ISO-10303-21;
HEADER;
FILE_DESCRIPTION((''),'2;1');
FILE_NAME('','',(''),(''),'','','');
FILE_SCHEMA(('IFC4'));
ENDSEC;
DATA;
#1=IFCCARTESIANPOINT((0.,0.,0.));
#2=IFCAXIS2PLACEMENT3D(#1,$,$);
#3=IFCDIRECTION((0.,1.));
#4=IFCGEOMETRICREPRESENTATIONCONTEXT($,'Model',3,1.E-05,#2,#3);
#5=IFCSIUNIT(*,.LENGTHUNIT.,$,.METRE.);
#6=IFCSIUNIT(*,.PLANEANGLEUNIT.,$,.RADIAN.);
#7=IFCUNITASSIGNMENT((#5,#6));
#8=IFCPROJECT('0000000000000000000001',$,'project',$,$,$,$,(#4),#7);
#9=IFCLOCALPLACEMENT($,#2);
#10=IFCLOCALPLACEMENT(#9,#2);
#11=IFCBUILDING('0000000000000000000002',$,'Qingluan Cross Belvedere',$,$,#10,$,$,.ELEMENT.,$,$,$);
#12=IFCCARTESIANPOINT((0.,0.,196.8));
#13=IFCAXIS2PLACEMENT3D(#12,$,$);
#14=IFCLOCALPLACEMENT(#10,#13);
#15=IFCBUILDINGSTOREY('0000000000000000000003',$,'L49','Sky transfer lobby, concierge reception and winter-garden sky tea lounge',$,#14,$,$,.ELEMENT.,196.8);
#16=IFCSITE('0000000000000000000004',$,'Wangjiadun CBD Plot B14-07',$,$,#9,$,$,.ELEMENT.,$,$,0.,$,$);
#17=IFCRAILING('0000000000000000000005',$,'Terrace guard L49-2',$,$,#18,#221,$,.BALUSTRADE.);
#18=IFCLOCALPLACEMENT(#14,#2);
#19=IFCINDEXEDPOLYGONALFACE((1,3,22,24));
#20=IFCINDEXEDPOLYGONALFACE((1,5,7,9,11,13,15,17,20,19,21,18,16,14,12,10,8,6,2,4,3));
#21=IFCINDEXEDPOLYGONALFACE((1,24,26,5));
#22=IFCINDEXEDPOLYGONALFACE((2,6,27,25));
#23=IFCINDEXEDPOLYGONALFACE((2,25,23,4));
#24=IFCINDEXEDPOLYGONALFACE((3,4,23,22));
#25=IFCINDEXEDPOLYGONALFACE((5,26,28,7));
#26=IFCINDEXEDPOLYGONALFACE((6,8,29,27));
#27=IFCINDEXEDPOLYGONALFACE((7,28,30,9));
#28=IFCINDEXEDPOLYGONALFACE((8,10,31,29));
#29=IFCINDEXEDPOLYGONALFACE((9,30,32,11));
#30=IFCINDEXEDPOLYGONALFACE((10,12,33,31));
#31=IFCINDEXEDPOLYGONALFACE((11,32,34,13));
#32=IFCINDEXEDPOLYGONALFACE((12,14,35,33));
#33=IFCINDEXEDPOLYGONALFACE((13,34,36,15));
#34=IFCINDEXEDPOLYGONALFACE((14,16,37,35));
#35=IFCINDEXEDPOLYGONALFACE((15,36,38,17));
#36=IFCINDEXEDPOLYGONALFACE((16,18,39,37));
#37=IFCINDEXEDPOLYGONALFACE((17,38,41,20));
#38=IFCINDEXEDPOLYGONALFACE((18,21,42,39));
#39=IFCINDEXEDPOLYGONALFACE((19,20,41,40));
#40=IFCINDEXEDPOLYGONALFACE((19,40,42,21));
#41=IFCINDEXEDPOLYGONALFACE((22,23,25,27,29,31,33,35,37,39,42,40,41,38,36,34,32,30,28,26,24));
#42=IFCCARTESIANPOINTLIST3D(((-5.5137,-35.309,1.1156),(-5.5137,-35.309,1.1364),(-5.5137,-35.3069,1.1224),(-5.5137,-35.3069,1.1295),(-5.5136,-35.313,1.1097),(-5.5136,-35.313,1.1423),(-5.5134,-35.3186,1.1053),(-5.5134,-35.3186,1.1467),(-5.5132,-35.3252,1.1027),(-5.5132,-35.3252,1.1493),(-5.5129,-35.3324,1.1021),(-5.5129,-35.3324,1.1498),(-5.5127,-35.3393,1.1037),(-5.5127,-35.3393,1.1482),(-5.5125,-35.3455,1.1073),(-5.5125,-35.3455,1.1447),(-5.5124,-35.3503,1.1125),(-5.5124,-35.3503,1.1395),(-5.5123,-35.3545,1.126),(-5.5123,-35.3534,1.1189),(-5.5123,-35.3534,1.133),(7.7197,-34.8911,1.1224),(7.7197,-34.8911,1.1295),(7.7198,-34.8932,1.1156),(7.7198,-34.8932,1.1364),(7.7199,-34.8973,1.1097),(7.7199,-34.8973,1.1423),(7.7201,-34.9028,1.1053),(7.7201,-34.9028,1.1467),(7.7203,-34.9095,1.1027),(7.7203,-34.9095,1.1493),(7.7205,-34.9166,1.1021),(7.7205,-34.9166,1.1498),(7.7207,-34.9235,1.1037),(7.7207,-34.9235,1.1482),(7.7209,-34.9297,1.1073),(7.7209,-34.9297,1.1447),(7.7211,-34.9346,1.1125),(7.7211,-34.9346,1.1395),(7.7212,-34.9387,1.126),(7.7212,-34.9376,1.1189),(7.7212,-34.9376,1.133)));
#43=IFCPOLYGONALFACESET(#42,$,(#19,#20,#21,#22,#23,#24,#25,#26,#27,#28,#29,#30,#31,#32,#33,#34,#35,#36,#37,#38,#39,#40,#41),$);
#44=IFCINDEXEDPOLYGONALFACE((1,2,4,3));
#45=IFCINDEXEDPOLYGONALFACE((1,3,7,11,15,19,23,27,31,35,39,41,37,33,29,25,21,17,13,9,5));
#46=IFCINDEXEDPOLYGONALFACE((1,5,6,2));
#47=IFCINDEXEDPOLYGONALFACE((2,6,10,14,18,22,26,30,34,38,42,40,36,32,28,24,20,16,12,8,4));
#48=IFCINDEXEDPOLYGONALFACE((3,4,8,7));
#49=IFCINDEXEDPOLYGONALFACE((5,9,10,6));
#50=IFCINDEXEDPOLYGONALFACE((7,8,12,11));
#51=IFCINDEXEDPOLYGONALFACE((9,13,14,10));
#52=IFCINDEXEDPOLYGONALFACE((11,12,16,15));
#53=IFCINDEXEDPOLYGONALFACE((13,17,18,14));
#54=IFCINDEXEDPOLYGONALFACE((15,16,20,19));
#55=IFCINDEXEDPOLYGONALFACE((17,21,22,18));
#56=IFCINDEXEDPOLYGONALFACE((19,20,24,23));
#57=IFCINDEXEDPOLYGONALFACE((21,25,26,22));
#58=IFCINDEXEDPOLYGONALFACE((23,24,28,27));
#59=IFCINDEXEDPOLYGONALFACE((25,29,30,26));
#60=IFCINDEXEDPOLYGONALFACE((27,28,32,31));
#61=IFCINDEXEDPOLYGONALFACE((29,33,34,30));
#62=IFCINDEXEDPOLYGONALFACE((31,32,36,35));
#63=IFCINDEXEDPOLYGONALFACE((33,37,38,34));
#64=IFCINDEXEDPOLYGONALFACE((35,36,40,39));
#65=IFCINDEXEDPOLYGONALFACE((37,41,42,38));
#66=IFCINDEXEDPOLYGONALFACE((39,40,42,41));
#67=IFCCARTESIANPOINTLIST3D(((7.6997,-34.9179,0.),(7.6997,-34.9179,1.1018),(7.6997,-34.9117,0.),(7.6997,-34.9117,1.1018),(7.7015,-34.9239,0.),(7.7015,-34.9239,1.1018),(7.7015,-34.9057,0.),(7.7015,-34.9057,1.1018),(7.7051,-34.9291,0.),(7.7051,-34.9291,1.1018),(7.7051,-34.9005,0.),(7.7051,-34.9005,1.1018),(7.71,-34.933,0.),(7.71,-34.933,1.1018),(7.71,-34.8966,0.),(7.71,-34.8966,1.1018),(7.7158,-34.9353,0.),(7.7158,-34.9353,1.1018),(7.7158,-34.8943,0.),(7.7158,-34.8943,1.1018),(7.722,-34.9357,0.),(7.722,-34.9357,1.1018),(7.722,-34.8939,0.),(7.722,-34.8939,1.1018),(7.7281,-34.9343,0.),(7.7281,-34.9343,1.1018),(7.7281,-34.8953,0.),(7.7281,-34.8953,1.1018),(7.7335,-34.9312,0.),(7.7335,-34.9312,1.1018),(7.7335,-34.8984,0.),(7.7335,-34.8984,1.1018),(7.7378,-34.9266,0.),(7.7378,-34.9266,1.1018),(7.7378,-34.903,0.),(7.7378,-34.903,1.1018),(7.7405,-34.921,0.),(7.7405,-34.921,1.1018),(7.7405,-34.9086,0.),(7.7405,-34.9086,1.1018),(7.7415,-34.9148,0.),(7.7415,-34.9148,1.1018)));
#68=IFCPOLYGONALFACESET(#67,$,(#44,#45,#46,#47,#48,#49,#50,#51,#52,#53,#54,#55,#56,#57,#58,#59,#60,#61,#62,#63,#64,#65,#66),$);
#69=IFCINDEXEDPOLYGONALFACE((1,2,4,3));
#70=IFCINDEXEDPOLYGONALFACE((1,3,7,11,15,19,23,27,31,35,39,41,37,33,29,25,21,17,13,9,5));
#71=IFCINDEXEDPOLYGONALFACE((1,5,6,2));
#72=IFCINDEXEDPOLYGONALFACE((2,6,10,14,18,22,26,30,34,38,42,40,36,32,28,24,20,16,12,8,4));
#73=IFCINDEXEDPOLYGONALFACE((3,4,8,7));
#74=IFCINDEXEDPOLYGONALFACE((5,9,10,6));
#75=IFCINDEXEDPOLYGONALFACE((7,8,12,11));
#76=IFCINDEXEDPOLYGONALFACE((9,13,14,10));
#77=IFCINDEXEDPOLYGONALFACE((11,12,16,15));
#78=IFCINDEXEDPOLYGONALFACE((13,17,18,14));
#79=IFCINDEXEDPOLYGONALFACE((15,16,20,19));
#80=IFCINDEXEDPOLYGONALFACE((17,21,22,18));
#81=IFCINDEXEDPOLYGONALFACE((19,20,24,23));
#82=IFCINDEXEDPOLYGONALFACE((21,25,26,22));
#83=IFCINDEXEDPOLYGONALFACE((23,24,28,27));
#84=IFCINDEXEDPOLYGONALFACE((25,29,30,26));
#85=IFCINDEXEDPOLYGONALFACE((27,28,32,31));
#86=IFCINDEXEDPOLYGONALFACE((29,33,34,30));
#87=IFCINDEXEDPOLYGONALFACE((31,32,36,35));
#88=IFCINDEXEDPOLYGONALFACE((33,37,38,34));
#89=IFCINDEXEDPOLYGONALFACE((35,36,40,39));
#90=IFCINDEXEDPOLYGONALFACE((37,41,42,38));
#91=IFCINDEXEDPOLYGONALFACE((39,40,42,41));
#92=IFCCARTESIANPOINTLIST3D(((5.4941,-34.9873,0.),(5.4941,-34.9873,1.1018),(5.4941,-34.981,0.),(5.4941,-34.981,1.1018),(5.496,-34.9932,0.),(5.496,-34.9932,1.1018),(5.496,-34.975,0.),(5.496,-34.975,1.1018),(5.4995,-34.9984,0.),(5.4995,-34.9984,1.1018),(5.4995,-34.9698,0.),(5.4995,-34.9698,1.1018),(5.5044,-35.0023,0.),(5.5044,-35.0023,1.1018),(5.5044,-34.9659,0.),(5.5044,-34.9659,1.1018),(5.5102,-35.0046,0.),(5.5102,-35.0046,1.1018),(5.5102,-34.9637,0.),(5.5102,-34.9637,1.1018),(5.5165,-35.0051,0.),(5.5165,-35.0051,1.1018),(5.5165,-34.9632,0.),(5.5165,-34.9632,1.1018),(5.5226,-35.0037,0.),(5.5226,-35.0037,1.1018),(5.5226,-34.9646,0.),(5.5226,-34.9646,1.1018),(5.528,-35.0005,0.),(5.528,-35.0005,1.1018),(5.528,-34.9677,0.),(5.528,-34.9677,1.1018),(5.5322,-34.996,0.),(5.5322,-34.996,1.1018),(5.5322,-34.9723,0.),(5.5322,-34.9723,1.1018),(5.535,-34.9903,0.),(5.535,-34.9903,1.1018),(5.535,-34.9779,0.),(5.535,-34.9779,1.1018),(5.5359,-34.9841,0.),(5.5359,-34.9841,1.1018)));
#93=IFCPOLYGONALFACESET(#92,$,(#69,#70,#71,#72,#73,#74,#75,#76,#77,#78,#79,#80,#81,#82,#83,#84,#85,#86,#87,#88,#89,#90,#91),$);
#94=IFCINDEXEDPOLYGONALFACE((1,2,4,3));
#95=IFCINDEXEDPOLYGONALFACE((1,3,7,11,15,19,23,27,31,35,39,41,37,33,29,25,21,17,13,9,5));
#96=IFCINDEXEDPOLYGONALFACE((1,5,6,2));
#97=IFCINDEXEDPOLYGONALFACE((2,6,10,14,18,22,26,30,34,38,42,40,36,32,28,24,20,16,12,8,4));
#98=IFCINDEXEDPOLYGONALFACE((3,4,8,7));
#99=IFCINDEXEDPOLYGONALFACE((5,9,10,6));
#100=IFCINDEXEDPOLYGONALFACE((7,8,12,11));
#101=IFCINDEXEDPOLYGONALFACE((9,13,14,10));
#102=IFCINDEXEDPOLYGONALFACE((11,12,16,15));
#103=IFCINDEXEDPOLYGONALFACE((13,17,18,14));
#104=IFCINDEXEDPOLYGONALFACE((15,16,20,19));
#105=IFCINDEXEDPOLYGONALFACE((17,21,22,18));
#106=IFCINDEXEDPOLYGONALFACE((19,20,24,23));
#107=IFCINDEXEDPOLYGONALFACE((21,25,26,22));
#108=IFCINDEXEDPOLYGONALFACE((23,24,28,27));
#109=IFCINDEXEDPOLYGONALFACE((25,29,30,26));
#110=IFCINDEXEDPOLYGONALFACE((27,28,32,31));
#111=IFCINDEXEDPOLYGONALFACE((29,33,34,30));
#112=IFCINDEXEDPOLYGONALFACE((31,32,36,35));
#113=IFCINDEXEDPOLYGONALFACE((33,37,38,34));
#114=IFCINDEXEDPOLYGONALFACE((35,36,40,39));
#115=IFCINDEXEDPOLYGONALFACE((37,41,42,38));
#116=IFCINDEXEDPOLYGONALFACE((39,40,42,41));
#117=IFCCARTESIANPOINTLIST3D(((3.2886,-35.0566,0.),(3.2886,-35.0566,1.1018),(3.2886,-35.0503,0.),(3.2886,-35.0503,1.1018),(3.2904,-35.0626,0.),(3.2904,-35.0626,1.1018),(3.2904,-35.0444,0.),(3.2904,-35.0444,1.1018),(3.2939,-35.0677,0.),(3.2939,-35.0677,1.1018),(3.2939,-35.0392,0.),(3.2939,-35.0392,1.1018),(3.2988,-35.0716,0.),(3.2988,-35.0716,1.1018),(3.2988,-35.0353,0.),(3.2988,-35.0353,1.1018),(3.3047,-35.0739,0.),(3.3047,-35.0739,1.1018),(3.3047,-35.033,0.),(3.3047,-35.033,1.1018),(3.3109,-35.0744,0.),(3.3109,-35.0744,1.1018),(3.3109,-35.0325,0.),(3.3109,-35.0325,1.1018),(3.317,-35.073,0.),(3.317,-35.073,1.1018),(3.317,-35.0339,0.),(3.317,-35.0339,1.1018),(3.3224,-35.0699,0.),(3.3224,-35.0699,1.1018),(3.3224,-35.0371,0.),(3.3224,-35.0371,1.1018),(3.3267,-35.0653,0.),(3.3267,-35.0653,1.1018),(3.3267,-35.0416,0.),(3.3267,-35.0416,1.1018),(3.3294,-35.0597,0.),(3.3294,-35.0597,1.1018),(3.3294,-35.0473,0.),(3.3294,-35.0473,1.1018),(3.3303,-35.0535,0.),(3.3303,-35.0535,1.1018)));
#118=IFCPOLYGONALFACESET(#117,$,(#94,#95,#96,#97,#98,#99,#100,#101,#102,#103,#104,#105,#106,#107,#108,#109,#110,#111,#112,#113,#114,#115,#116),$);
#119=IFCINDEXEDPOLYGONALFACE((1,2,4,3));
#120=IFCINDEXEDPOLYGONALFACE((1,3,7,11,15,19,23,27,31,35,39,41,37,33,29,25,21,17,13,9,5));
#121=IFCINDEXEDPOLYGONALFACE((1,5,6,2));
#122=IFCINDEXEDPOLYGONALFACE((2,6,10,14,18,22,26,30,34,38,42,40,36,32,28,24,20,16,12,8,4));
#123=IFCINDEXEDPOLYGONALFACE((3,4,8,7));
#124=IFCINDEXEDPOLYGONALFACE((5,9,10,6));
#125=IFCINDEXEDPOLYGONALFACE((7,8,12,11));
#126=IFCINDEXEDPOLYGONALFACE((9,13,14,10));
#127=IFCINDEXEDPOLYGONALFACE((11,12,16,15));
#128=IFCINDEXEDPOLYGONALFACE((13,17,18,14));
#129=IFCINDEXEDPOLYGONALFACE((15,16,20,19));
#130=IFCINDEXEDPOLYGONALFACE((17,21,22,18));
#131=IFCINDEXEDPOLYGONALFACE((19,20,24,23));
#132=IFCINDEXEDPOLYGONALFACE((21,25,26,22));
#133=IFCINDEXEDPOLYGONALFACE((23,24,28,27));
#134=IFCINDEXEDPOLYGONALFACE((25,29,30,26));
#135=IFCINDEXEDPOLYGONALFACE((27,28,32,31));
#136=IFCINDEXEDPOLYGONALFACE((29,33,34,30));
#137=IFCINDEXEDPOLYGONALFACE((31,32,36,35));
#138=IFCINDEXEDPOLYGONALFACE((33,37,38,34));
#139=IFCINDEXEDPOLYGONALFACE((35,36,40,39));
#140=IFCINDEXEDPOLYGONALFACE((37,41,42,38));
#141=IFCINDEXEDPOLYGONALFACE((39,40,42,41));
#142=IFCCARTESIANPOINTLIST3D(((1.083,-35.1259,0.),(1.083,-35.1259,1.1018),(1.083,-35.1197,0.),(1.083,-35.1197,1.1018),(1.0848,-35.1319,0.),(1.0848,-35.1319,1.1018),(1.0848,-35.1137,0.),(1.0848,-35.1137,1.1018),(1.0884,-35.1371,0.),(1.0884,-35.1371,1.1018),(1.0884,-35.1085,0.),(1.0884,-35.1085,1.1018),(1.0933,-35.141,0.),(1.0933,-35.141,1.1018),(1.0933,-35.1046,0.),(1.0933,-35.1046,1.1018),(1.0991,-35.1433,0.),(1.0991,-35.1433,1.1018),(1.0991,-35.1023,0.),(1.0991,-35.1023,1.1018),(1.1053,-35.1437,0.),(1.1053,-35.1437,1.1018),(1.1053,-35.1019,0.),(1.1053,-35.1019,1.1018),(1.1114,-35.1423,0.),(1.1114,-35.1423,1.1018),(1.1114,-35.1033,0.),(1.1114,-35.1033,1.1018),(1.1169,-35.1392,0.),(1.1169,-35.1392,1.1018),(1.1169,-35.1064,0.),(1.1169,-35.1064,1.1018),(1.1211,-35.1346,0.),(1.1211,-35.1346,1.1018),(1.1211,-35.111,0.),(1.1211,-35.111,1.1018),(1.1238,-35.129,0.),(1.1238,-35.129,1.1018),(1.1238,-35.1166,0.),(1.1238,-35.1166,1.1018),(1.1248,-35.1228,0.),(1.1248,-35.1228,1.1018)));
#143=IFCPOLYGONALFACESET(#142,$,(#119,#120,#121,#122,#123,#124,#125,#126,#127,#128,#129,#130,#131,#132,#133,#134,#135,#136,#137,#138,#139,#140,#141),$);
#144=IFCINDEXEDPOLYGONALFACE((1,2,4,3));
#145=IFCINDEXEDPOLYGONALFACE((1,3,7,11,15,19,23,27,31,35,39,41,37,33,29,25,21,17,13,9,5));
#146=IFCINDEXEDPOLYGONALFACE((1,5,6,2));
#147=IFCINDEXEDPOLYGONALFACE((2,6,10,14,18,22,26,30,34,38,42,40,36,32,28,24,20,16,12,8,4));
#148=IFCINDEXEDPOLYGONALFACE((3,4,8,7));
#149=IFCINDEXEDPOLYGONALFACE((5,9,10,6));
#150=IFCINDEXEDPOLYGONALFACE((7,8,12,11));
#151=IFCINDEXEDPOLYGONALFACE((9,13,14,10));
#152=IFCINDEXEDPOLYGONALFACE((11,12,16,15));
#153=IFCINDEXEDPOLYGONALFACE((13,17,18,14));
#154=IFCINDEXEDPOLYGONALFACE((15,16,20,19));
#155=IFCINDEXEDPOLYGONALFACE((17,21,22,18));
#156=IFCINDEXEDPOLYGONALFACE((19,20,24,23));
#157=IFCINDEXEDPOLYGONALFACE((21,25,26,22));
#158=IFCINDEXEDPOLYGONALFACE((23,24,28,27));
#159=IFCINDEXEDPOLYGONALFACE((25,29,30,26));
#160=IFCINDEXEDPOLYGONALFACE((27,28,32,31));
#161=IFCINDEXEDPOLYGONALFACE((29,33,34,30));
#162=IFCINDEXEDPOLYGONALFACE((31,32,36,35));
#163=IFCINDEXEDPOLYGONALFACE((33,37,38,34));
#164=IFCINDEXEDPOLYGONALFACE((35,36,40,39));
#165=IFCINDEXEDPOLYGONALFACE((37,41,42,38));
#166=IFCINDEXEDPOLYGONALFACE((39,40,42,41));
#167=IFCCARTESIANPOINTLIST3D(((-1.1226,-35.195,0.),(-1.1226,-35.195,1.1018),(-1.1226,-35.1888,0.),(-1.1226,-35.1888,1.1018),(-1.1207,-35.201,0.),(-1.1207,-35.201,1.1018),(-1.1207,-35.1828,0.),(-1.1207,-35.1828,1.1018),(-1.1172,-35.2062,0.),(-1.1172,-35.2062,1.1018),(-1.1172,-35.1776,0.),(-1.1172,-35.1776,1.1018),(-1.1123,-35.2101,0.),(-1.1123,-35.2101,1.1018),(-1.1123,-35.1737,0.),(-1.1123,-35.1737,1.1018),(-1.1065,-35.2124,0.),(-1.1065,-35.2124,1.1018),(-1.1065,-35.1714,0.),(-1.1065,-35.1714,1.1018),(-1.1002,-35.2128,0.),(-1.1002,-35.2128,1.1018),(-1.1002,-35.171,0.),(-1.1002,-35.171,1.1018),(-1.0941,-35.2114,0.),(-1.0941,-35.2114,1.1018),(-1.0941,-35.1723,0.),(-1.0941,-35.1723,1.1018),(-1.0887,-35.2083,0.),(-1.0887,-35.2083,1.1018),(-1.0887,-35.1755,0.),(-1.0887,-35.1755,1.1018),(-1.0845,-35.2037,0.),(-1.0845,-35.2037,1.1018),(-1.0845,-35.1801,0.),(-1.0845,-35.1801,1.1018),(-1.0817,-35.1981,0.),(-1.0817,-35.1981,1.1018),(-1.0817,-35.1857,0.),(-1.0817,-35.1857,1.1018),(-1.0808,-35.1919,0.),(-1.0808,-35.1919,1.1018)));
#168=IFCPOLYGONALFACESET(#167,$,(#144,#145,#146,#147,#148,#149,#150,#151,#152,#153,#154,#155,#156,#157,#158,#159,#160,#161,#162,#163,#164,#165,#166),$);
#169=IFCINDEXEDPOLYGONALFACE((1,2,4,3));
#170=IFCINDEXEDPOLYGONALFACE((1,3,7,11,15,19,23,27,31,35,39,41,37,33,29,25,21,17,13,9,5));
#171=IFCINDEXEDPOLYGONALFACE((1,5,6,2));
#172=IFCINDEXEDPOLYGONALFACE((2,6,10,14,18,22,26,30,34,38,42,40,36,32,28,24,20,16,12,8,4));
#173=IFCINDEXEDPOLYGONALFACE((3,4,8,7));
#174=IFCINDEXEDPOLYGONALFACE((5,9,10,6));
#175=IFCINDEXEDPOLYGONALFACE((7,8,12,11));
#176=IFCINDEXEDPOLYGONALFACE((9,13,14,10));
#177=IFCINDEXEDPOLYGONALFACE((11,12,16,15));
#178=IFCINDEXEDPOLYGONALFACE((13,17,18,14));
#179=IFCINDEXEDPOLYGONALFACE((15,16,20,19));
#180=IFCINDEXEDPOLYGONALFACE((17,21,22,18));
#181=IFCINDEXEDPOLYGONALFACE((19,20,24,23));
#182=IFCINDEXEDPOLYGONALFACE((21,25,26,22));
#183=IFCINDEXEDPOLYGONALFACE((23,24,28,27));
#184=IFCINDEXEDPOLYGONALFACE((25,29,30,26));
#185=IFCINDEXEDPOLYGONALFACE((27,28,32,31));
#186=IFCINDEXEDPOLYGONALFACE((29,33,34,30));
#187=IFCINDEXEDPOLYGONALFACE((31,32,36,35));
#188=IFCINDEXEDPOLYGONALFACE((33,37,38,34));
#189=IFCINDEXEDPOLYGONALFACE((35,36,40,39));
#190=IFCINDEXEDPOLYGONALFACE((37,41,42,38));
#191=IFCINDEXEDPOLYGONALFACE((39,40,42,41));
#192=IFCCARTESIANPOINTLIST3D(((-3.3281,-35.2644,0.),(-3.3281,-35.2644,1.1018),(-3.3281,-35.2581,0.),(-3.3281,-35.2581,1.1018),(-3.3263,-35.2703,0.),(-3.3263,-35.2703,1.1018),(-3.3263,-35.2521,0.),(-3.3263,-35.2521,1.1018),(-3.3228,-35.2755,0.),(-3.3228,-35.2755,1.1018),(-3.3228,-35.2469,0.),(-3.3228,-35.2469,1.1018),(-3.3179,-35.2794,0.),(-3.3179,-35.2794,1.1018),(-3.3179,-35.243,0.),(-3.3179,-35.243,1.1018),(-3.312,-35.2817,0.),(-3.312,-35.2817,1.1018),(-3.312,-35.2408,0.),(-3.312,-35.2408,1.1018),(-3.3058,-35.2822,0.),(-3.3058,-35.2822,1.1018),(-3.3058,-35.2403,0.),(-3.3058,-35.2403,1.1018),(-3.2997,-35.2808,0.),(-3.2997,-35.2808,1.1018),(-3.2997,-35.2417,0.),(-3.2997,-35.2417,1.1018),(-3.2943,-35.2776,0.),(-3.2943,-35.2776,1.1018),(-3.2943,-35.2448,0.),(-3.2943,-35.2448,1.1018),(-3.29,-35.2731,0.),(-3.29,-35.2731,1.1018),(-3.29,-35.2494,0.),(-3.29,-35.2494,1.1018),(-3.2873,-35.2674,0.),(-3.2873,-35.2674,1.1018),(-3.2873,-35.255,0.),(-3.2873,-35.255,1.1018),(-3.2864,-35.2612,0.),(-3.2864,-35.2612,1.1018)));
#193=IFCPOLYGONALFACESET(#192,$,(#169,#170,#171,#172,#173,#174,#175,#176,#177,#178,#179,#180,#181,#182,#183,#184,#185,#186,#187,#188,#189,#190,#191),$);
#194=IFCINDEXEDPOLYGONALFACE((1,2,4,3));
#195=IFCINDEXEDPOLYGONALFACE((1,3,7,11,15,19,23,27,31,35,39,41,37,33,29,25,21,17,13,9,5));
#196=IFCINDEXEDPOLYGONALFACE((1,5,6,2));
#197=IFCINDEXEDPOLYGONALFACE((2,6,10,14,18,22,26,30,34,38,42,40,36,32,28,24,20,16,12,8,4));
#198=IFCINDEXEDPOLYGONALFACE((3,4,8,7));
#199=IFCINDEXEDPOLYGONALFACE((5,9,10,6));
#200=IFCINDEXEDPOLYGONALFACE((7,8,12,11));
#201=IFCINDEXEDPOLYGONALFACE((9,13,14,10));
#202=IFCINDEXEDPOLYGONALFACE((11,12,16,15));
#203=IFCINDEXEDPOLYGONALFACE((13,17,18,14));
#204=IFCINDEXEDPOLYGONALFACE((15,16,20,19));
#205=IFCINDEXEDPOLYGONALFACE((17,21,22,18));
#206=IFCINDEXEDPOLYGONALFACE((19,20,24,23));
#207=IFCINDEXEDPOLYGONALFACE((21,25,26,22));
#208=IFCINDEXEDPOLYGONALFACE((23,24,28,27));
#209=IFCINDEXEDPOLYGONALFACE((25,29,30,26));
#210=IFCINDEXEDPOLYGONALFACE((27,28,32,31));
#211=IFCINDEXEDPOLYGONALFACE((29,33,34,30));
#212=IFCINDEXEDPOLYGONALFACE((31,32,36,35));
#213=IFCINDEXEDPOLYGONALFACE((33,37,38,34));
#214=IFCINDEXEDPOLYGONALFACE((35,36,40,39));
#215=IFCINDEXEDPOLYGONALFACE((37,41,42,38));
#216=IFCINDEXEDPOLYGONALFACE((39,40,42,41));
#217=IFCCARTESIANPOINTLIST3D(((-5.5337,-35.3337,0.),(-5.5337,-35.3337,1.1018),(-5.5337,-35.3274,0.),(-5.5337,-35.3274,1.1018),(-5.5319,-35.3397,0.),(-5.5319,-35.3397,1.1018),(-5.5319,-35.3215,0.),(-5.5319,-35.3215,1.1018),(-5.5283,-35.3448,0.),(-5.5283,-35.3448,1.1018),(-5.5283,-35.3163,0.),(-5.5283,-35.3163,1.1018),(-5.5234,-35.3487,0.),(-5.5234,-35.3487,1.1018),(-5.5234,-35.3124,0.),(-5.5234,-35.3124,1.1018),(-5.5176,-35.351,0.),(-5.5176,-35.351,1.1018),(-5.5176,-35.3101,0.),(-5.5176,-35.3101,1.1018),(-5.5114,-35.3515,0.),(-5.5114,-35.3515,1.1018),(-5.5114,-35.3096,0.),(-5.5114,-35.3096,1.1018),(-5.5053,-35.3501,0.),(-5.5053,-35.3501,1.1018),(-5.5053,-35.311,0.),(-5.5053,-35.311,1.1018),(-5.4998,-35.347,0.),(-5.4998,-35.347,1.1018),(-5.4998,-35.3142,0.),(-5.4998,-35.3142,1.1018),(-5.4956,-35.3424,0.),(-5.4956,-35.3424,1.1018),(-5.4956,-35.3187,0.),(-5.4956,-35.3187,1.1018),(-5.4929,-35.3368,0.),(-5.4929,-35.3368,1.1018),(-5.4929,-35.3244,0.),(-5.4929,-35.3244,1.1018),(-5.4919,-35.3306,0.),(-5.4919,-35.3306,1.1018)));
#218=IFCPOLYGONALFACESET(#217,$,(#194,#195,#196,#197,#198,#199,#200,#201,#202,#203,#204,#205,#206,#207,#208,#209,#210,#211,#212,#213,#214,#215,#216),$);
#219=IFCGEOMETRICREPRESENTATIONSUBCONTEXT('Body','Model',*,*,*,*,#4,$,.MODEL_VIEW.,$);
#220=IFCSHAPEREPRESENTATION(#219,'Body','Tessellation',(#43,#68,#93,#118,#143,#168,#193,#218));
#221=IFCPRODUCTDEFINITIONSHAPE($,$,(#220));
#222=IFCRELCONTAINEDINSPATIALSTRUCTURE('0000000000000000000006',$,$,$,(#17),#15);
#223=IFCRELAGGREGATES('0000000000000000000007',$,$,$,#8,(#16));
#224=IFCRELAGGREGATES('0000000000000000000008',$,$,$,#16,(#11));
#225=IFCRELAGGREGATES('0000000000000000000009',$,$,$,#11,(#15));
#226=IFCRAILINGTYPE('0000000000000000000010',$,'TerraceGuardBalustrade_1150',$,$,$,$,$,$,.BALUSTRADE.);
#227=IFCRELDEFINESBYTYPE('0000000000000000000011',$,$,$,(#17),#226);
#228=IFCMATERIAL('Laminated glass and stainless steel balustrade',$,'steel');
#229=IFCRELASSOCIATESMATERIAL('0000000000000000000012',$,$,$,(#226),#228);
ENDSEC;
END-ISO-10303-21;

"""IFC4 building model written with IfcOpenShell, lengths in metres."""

from ifc_helpers import new_model, si_unit, direction, frame, origin, origin_2d, place, context, subcontext, project, spatial, circle, extrude, material, type_object, element, save


model = new_model("IFC4")

# Units and contexts
model_context = context("Model", 3, precision=1e-05, world=origin(), true_north=direction((0.0, 1.0)))
body_context = subcontext(model_context, "Body", "Model", "MODEL_VIEW")
ifc_project = project(units=[si_unit("LENGTHUNIT", "METRE"), si_unit("PLANEANGLEUNIT", "RADIAN")], contexts=[model_context])

# Site, building, storey
site_placement = place(None, origin())
site = spatial("IfcSite", under=ifc_project, at=site_placement, Name="Wangjiadun CBD Plot B14-07", CompositionType="ELEMENT", RefElevation=0.0)
building_placement = place(site_placement, origin())
building = spatial("IfcBuilding", under=site, at=building_placement, Name="Qingluan Cross Belvedere", CompositionType="ELEMENT")
storey_placement = place(building_placement, frame((0.0, 0.0, 196.8)))
storey = spatial("IfcBuildingStorey", under=building, at=storey_placement, Name="L49", Description="Sky transfer lobby, concierge reception and winter-garden sky tea lounge", CompositionType="ELEMENT", Elevation=196.8)

# Railing
ifc_material_1 = material(Name="Laminated glass and stainless steel balustrade", Category="steel")
railing_type = type_object("IfcRailingType", Name="TerraceGuardBalustrade_1150", PredefinedType="BALUSTRADE", material=ifc_material_1)
railing_1_placement = place(storey_placement, frame((7.7205, -34.9148, 0.0)))
element("IfcRailing", 1, at=railing_1_placement, inside=storey, type_object=railing_type, Name="Terrace guard L49-2", PredefinedType="BALUSTRADE", context=body_context, shape_type="SweptSolid", body=[
    extrude(circle(Radius=0.0239, at=origin_2d()), frame((0.0, 0.0, 1.126), z_axis=(-0.999507, -0.031403, 0.0), x_axis=(0.031403, -0.999507, 0.0)), (0.0, 0.0, 1.0), 13.24),
    extrude(circle(Radius=0.021, at=origin_2d()), origin(), (0.0, 0.0, 1.0), 1.1018),
    extrude(circle(Radius=0.021, at=origin_2d()), frame((-2.2056, -0.0693, 0.0)), (0.0, 0.0, 1.0), 1.1018),
    extrude(circle(Radius=0.021, at=origin_2d()), frame((-4.4111, -0.1387, 0.0)), (0.0, 0.0, 1.0), 1.1018),
    extrude(circle(Radius=0.021, at=origin_2d()), frame((-6.6167, -0.208, 0.0)), (0.0, 0.0, 1.0), 1.1018),
    extrude(circle(Radius=0.021, at=origin_2d()), frame((-8.8223, -0.2771, 0.0)), (0.0, 0.0, 1.0), 1.1018),
    extrude(circle(Radius=0.021, at=origin_2d()), frame((-11.0278, -0.3464, 0.0)), (0.0, 0.0, 1.0), 1.1018),
    extrude(circle(Radius=0.021, at=origin_2d()), frame((-13.2334, -0.4158, 0.0)), (0.0, 0.0, 1.0), 1.1018),
])

save(model, "model.ifc")
